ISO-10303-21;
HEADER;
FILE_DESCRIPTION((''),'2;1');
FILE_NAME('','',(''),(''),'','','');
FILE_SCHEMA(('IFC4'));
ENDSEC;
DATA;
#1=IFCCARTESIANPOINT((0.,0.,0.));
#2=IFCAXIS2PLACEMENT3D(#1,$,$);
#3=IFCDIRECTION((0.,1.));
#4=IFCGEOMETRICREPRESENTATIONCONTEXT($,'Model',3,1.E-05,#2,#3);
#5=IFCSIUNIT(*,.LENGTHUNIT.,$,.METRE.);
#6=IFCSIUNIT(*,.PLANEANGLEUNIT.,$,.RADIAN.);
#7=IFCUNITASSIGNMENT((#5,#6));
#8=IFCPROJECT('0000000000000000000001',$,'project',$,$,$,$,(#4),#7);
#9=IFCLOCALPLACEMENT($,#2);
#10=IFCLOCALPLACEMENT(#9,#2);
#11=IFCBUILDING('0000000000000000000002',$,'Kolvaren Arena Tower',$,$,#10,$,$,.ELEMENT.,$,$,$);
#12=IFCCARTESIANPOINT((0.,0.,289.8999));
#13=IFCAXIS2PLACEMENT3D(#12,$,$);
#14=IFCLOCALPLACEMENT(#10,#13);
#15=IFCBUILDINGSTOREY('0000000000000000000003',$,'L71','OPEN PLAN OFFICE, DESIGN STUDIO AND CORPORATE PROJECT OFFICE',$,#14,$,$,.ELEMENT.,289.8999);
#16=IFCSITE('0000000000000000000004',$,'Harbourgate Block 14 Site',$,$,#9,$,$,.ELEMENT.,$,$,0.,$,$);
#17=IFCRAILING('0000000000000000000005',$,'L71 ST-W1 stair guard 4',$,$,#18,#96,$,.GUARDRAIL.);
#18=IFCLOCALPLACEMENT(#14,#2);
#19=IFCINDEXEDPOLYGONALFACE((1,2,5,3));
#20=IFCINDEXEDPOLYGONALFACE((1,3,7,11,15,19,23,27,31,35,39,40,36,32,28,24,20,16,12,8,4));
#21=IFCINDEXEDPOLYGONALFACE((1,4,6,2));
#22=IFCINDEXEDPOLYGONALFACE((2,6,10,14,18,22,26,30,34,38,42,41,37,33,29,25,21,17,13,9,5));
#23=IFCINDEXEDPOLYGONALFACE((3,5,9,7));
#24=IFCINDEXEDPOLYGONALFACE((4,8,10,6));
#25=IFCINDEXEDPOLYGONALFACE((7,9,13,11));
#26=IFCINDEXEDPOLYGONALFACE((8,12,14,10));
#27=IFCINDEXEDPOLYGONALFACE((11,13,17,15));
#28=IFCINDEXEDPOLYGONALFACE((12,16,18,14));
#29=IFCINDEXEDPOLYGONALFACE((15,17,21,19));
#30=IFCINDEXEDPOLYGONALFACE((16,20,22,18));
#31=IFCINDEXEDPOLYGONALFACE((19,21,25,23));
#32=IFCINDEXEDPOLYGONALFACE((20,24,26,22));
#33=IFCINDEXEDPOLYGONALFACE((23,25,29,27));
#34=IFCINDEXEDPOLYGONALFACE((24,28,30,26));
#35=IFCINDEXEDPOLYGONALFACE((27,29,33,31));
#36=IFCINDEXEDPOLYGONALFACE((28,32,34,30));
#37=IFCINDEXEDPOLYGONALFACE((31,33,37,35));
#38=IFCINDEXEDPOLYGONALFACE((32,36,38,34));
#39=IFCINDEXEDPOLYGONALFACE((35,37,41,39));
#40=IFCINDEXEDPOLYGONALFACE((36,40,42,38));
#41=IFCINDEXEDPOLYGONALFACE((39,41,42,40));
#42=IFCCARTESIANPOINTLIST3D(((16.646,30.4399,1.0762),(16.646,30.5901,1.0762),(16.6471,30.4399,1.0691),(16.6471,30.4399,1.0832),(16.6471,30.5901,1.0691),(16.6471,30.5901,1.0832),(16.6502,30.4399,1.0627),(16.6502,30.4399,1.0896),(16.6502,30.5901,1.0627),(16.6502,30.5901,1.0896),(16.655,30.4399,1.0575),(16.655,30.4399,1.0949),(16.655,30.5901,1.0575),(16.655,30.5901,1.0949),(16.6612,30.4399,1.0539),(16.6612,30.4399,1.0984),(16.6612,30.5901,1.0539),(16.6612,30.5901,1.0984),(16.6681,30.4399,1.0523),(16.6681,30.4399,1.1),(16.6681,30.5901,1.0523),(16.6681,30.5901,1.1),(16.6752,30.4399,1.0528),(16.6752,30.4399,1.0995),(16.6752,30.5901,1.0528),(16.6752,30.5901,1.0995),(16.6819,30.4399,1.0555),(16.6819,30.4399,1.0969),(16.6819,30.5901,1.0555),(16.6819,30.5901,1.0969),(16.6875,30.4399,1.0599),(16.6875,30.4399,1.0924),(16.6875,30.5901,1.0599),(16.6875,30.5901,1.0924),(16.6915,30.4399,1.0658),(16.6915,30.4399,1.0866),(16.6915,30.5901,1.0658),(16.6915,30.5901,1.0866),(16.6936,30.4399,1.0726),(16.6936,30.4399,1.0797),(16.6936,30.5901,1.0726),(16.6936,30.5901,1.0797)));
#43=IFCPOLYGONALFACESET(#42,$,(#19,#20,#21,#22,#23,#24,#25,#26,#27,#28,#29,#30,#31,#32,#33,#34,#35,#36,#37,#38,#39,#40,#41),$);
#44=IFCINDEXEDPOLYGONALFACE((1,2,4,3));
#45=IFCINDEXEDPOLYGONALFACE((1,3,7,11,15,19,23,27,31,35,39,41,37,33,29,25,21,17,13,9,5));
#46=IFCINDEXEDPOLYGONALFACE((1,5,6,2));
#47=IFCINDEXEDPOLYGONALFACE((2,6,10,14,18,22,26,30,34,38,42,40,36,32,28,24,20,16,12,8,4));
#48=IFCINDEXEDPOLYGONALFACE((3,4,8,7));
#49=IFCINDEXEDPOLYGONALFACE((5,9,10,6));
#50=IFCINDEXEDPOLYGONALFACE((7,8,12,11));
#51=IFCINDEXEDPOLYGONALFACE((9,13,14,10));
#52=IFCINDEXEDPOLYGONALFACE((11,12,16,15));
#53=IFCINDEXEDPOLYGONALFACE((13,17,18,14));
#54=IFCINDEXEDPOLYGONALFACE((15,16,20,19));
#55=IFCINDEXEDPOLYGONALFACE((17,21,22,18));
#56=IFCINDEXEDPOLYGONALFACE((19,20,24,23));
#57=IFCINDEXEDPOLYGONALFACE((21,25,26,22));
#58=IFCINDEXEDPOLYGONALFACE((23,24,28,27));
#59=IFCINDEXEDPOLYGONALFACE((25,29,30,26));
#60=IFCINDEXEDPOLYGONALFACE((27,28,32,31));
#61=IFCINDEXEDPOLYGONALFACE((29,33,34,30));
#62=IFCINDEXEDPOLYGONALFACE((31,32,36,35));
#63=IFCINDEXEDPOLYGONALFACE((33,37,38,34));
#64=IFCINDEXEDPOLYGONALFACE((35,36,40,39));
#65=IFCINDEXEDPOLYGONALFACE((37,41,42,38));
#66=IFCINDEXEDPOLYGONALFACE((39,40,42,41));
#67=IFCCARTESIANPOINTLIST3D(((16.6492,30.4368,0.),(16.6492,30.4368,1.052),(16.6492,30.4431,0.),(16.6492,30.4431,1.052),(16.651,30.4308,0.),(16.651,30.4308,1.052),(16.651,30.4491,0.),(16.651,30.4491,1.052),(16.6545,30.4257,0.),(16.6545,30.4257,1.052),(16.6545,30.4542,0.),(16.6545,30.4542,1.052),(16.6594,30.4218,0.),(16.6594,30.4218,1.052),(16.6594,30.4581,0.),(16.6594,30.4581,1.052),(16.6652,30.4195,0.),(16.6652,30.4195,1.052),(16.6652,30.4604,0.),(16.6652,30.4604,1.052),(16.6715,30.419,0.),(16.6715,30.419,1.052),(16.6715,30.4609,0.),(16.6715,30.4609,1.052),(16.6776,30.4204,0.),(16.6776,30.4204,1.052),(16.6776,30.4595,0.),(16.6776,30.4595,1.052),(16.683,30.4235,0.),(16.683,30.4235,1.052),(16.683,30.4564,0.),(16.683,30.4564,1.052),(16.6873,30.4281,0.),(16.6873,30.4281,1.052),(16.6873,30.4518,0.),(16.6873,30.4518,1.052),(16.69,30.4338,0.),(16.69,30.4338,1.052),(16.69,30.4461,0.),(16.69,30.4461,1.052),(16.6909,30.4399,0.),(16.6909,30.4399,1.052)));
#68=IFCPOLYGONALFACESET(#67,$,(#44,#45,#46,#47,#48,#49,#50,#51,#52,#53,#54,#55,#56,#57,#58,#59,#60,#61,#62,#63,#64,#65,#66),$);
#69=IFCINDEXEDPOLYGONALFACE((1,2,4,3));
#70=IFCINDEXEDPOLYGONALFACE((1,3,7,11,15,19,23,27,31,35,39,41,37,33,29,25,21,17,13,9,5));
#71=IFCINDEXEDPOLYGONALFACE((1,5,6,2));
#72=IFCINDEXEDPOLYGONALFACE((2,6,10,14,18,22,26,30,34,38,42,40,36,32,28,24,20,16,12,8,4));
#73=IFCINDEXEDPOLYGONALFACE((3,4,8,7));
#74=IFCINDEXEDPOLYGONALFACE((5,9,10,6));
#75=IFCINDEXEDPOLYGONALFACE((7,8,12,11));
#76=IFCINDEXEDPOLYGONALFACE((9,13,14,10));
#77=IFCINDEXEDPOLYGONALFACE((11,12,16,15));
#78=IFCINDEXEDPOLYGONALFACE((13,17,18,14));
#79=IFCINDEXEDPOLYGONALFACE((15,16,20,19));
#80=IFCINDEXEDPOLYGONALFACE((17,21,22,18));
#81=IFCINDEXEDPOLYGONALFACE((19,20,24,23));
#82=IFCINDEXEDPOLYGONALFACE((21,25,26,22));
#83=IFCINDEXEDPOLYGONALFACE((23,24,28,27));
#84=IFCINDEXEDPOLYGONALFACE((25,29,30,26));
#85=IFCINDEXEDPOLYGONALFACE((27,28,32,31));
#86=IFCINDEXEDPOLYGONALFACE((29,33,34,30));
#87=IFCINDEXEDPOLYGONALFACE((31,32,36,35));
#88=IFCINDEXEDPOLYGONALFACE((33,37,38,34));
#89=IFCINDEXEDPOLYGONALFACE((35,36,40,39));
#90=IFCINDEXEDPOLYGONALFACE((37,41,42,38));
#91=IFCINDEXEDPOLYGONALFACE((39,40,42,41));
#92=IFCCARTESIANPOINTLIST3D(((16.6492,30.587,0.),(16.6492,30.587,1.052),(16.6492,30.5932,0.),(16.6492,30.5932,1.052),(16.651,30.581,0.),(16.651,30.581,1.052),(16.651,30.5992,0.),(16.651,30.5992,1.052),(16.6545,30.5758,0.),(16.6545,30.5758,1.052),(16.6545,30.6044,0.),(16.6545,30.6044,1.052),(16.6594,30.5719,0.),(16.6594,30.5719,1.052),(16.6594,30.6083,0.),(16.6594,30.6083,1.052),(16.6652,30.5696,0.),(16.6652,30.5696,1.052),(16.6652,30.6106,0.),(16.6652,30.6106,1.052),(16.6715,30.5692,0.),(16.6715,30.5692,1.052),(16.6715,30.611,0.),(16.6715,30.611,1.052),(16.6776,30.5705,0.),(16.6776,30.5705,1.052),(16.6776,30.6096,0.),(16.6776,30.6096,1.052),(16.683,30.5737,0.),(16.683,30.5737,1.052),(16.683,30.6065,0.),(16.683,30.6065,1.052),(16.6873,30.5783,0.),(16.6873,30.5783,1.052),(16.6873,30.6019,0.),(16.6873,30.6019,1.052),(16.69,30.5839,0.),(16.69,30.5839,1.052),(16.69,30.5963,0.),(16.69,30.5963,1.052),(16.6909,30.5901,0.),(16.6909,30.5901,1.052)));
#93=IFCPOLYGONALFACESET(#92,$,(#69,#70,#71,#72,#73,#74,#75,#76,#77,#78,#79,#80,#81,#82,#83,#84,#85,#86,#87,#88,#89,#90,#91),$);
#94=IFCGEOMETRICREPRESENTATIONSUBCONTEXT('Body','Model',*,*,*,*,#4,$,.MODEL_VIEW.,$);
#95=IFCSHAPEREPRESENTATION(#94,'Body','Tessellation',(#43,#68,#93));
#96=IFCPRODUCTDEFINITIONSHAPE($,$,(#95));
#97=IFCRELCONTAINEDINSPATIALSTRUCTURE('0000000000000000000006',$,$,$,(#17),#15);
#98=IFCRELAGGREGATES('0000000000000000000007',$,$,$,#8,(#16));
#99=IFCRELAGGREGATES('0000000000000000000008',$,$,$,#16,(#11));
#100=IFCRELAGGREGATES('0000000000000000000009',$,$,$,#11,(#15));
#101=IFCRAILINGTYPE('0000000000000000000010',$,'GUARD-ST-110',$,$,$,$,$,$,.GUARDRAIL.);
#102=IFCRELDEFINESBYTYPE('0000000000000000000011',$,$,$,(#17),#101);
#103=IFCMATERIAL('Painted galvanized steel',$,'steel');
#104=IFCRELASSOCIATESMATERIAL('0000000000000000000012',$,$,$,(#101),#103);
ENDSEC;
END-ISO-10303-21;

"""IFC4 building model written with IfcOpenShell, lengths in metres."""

from ifc_helpers import new_model, si_unit, direction, frame, origin, origin_2d, place, context, subcontext, project, spatial, circle, extrude, material, type_object, element, save


model = new_model("IFC4")

# Units and contexts
model_context = context("Model", 3, precision=1e-05, world=origin(), true_north=direction((0.0, 1.0)))
body_context = subcontext(model_context, "Body", "Model", "MODEL_VIEW")
ifc_project = project(units=[si_unit("LENGTHUNIT", "METRE"), si_unit("PLANEANGLEUNIT", "RADIAN")], contexts=[model_context])

# Site, building, storey
site_placement = place(None, origin())
site = spatial("IfcSite", under=ifc_project, at=site_placement, Name="Harbourgate Block 14 Site", CompositionType="ELEMENT", RefElevation=0.0)
building_placement = place(site_placement, origin())
building = spatial("IfcBuilding", under=site, at=building_placement, Name="Kolvaren Arena Tower", CompositionType="ELEMENT")
storey_placement = place(building_placement, frame((0.0, 0.0, 289.8999)))
storey = spatial("IfcBuildingStorey", under=building, at=storey_placement, Name="L71", Description="OPEN PLAN OFFICE, DESIGN STUDIO AND CORPORATE PROJECT OFFICE", CompositionType="ELEMENT", Elevation=289.8999)

# Railing
ifc_material_1 = material(Name="Painted galvanized steel", Category="steel")
railing_type_1 = type_object("IfcRailingType", Name="GUARD-ST-110", PredefinedType="GUARDRAIL", material=ifc_material_1)
railing_1_placement = place(storey_placement, frame((16.6699, 30.4399, 0.0)))
element("IfcRailing", 1, at=railing_1_placement, inside=storey, type_object=railing_type_1, Name="L71 ST-W1 stair guard 4", PredefinedType="GUARDRAIL", context=body_context, shape_type="SweptSolid", body=[
    extrude(circle(Radius=0.0239, at=origin_2d()), frame((0.0, 0.0, 1.0762), z_axis=(0.0, 1.0, 0.0), x_axis=(-1.0, 0.0, 0.0)), (0.0, 0.0, 1.0), 0.1501),
    extrude(circle(Radius=0.021, at=origin_2d()), origin(), (0.0, 0.0, 1.0), 1.052),
    extrude(circle(Radius=0.021, at=origin_2d()), frame((0.0, 0.1501, 0.0)), (0.0, 0.0, 1.0), 1.052),
])

save(model, "model.ifc")
